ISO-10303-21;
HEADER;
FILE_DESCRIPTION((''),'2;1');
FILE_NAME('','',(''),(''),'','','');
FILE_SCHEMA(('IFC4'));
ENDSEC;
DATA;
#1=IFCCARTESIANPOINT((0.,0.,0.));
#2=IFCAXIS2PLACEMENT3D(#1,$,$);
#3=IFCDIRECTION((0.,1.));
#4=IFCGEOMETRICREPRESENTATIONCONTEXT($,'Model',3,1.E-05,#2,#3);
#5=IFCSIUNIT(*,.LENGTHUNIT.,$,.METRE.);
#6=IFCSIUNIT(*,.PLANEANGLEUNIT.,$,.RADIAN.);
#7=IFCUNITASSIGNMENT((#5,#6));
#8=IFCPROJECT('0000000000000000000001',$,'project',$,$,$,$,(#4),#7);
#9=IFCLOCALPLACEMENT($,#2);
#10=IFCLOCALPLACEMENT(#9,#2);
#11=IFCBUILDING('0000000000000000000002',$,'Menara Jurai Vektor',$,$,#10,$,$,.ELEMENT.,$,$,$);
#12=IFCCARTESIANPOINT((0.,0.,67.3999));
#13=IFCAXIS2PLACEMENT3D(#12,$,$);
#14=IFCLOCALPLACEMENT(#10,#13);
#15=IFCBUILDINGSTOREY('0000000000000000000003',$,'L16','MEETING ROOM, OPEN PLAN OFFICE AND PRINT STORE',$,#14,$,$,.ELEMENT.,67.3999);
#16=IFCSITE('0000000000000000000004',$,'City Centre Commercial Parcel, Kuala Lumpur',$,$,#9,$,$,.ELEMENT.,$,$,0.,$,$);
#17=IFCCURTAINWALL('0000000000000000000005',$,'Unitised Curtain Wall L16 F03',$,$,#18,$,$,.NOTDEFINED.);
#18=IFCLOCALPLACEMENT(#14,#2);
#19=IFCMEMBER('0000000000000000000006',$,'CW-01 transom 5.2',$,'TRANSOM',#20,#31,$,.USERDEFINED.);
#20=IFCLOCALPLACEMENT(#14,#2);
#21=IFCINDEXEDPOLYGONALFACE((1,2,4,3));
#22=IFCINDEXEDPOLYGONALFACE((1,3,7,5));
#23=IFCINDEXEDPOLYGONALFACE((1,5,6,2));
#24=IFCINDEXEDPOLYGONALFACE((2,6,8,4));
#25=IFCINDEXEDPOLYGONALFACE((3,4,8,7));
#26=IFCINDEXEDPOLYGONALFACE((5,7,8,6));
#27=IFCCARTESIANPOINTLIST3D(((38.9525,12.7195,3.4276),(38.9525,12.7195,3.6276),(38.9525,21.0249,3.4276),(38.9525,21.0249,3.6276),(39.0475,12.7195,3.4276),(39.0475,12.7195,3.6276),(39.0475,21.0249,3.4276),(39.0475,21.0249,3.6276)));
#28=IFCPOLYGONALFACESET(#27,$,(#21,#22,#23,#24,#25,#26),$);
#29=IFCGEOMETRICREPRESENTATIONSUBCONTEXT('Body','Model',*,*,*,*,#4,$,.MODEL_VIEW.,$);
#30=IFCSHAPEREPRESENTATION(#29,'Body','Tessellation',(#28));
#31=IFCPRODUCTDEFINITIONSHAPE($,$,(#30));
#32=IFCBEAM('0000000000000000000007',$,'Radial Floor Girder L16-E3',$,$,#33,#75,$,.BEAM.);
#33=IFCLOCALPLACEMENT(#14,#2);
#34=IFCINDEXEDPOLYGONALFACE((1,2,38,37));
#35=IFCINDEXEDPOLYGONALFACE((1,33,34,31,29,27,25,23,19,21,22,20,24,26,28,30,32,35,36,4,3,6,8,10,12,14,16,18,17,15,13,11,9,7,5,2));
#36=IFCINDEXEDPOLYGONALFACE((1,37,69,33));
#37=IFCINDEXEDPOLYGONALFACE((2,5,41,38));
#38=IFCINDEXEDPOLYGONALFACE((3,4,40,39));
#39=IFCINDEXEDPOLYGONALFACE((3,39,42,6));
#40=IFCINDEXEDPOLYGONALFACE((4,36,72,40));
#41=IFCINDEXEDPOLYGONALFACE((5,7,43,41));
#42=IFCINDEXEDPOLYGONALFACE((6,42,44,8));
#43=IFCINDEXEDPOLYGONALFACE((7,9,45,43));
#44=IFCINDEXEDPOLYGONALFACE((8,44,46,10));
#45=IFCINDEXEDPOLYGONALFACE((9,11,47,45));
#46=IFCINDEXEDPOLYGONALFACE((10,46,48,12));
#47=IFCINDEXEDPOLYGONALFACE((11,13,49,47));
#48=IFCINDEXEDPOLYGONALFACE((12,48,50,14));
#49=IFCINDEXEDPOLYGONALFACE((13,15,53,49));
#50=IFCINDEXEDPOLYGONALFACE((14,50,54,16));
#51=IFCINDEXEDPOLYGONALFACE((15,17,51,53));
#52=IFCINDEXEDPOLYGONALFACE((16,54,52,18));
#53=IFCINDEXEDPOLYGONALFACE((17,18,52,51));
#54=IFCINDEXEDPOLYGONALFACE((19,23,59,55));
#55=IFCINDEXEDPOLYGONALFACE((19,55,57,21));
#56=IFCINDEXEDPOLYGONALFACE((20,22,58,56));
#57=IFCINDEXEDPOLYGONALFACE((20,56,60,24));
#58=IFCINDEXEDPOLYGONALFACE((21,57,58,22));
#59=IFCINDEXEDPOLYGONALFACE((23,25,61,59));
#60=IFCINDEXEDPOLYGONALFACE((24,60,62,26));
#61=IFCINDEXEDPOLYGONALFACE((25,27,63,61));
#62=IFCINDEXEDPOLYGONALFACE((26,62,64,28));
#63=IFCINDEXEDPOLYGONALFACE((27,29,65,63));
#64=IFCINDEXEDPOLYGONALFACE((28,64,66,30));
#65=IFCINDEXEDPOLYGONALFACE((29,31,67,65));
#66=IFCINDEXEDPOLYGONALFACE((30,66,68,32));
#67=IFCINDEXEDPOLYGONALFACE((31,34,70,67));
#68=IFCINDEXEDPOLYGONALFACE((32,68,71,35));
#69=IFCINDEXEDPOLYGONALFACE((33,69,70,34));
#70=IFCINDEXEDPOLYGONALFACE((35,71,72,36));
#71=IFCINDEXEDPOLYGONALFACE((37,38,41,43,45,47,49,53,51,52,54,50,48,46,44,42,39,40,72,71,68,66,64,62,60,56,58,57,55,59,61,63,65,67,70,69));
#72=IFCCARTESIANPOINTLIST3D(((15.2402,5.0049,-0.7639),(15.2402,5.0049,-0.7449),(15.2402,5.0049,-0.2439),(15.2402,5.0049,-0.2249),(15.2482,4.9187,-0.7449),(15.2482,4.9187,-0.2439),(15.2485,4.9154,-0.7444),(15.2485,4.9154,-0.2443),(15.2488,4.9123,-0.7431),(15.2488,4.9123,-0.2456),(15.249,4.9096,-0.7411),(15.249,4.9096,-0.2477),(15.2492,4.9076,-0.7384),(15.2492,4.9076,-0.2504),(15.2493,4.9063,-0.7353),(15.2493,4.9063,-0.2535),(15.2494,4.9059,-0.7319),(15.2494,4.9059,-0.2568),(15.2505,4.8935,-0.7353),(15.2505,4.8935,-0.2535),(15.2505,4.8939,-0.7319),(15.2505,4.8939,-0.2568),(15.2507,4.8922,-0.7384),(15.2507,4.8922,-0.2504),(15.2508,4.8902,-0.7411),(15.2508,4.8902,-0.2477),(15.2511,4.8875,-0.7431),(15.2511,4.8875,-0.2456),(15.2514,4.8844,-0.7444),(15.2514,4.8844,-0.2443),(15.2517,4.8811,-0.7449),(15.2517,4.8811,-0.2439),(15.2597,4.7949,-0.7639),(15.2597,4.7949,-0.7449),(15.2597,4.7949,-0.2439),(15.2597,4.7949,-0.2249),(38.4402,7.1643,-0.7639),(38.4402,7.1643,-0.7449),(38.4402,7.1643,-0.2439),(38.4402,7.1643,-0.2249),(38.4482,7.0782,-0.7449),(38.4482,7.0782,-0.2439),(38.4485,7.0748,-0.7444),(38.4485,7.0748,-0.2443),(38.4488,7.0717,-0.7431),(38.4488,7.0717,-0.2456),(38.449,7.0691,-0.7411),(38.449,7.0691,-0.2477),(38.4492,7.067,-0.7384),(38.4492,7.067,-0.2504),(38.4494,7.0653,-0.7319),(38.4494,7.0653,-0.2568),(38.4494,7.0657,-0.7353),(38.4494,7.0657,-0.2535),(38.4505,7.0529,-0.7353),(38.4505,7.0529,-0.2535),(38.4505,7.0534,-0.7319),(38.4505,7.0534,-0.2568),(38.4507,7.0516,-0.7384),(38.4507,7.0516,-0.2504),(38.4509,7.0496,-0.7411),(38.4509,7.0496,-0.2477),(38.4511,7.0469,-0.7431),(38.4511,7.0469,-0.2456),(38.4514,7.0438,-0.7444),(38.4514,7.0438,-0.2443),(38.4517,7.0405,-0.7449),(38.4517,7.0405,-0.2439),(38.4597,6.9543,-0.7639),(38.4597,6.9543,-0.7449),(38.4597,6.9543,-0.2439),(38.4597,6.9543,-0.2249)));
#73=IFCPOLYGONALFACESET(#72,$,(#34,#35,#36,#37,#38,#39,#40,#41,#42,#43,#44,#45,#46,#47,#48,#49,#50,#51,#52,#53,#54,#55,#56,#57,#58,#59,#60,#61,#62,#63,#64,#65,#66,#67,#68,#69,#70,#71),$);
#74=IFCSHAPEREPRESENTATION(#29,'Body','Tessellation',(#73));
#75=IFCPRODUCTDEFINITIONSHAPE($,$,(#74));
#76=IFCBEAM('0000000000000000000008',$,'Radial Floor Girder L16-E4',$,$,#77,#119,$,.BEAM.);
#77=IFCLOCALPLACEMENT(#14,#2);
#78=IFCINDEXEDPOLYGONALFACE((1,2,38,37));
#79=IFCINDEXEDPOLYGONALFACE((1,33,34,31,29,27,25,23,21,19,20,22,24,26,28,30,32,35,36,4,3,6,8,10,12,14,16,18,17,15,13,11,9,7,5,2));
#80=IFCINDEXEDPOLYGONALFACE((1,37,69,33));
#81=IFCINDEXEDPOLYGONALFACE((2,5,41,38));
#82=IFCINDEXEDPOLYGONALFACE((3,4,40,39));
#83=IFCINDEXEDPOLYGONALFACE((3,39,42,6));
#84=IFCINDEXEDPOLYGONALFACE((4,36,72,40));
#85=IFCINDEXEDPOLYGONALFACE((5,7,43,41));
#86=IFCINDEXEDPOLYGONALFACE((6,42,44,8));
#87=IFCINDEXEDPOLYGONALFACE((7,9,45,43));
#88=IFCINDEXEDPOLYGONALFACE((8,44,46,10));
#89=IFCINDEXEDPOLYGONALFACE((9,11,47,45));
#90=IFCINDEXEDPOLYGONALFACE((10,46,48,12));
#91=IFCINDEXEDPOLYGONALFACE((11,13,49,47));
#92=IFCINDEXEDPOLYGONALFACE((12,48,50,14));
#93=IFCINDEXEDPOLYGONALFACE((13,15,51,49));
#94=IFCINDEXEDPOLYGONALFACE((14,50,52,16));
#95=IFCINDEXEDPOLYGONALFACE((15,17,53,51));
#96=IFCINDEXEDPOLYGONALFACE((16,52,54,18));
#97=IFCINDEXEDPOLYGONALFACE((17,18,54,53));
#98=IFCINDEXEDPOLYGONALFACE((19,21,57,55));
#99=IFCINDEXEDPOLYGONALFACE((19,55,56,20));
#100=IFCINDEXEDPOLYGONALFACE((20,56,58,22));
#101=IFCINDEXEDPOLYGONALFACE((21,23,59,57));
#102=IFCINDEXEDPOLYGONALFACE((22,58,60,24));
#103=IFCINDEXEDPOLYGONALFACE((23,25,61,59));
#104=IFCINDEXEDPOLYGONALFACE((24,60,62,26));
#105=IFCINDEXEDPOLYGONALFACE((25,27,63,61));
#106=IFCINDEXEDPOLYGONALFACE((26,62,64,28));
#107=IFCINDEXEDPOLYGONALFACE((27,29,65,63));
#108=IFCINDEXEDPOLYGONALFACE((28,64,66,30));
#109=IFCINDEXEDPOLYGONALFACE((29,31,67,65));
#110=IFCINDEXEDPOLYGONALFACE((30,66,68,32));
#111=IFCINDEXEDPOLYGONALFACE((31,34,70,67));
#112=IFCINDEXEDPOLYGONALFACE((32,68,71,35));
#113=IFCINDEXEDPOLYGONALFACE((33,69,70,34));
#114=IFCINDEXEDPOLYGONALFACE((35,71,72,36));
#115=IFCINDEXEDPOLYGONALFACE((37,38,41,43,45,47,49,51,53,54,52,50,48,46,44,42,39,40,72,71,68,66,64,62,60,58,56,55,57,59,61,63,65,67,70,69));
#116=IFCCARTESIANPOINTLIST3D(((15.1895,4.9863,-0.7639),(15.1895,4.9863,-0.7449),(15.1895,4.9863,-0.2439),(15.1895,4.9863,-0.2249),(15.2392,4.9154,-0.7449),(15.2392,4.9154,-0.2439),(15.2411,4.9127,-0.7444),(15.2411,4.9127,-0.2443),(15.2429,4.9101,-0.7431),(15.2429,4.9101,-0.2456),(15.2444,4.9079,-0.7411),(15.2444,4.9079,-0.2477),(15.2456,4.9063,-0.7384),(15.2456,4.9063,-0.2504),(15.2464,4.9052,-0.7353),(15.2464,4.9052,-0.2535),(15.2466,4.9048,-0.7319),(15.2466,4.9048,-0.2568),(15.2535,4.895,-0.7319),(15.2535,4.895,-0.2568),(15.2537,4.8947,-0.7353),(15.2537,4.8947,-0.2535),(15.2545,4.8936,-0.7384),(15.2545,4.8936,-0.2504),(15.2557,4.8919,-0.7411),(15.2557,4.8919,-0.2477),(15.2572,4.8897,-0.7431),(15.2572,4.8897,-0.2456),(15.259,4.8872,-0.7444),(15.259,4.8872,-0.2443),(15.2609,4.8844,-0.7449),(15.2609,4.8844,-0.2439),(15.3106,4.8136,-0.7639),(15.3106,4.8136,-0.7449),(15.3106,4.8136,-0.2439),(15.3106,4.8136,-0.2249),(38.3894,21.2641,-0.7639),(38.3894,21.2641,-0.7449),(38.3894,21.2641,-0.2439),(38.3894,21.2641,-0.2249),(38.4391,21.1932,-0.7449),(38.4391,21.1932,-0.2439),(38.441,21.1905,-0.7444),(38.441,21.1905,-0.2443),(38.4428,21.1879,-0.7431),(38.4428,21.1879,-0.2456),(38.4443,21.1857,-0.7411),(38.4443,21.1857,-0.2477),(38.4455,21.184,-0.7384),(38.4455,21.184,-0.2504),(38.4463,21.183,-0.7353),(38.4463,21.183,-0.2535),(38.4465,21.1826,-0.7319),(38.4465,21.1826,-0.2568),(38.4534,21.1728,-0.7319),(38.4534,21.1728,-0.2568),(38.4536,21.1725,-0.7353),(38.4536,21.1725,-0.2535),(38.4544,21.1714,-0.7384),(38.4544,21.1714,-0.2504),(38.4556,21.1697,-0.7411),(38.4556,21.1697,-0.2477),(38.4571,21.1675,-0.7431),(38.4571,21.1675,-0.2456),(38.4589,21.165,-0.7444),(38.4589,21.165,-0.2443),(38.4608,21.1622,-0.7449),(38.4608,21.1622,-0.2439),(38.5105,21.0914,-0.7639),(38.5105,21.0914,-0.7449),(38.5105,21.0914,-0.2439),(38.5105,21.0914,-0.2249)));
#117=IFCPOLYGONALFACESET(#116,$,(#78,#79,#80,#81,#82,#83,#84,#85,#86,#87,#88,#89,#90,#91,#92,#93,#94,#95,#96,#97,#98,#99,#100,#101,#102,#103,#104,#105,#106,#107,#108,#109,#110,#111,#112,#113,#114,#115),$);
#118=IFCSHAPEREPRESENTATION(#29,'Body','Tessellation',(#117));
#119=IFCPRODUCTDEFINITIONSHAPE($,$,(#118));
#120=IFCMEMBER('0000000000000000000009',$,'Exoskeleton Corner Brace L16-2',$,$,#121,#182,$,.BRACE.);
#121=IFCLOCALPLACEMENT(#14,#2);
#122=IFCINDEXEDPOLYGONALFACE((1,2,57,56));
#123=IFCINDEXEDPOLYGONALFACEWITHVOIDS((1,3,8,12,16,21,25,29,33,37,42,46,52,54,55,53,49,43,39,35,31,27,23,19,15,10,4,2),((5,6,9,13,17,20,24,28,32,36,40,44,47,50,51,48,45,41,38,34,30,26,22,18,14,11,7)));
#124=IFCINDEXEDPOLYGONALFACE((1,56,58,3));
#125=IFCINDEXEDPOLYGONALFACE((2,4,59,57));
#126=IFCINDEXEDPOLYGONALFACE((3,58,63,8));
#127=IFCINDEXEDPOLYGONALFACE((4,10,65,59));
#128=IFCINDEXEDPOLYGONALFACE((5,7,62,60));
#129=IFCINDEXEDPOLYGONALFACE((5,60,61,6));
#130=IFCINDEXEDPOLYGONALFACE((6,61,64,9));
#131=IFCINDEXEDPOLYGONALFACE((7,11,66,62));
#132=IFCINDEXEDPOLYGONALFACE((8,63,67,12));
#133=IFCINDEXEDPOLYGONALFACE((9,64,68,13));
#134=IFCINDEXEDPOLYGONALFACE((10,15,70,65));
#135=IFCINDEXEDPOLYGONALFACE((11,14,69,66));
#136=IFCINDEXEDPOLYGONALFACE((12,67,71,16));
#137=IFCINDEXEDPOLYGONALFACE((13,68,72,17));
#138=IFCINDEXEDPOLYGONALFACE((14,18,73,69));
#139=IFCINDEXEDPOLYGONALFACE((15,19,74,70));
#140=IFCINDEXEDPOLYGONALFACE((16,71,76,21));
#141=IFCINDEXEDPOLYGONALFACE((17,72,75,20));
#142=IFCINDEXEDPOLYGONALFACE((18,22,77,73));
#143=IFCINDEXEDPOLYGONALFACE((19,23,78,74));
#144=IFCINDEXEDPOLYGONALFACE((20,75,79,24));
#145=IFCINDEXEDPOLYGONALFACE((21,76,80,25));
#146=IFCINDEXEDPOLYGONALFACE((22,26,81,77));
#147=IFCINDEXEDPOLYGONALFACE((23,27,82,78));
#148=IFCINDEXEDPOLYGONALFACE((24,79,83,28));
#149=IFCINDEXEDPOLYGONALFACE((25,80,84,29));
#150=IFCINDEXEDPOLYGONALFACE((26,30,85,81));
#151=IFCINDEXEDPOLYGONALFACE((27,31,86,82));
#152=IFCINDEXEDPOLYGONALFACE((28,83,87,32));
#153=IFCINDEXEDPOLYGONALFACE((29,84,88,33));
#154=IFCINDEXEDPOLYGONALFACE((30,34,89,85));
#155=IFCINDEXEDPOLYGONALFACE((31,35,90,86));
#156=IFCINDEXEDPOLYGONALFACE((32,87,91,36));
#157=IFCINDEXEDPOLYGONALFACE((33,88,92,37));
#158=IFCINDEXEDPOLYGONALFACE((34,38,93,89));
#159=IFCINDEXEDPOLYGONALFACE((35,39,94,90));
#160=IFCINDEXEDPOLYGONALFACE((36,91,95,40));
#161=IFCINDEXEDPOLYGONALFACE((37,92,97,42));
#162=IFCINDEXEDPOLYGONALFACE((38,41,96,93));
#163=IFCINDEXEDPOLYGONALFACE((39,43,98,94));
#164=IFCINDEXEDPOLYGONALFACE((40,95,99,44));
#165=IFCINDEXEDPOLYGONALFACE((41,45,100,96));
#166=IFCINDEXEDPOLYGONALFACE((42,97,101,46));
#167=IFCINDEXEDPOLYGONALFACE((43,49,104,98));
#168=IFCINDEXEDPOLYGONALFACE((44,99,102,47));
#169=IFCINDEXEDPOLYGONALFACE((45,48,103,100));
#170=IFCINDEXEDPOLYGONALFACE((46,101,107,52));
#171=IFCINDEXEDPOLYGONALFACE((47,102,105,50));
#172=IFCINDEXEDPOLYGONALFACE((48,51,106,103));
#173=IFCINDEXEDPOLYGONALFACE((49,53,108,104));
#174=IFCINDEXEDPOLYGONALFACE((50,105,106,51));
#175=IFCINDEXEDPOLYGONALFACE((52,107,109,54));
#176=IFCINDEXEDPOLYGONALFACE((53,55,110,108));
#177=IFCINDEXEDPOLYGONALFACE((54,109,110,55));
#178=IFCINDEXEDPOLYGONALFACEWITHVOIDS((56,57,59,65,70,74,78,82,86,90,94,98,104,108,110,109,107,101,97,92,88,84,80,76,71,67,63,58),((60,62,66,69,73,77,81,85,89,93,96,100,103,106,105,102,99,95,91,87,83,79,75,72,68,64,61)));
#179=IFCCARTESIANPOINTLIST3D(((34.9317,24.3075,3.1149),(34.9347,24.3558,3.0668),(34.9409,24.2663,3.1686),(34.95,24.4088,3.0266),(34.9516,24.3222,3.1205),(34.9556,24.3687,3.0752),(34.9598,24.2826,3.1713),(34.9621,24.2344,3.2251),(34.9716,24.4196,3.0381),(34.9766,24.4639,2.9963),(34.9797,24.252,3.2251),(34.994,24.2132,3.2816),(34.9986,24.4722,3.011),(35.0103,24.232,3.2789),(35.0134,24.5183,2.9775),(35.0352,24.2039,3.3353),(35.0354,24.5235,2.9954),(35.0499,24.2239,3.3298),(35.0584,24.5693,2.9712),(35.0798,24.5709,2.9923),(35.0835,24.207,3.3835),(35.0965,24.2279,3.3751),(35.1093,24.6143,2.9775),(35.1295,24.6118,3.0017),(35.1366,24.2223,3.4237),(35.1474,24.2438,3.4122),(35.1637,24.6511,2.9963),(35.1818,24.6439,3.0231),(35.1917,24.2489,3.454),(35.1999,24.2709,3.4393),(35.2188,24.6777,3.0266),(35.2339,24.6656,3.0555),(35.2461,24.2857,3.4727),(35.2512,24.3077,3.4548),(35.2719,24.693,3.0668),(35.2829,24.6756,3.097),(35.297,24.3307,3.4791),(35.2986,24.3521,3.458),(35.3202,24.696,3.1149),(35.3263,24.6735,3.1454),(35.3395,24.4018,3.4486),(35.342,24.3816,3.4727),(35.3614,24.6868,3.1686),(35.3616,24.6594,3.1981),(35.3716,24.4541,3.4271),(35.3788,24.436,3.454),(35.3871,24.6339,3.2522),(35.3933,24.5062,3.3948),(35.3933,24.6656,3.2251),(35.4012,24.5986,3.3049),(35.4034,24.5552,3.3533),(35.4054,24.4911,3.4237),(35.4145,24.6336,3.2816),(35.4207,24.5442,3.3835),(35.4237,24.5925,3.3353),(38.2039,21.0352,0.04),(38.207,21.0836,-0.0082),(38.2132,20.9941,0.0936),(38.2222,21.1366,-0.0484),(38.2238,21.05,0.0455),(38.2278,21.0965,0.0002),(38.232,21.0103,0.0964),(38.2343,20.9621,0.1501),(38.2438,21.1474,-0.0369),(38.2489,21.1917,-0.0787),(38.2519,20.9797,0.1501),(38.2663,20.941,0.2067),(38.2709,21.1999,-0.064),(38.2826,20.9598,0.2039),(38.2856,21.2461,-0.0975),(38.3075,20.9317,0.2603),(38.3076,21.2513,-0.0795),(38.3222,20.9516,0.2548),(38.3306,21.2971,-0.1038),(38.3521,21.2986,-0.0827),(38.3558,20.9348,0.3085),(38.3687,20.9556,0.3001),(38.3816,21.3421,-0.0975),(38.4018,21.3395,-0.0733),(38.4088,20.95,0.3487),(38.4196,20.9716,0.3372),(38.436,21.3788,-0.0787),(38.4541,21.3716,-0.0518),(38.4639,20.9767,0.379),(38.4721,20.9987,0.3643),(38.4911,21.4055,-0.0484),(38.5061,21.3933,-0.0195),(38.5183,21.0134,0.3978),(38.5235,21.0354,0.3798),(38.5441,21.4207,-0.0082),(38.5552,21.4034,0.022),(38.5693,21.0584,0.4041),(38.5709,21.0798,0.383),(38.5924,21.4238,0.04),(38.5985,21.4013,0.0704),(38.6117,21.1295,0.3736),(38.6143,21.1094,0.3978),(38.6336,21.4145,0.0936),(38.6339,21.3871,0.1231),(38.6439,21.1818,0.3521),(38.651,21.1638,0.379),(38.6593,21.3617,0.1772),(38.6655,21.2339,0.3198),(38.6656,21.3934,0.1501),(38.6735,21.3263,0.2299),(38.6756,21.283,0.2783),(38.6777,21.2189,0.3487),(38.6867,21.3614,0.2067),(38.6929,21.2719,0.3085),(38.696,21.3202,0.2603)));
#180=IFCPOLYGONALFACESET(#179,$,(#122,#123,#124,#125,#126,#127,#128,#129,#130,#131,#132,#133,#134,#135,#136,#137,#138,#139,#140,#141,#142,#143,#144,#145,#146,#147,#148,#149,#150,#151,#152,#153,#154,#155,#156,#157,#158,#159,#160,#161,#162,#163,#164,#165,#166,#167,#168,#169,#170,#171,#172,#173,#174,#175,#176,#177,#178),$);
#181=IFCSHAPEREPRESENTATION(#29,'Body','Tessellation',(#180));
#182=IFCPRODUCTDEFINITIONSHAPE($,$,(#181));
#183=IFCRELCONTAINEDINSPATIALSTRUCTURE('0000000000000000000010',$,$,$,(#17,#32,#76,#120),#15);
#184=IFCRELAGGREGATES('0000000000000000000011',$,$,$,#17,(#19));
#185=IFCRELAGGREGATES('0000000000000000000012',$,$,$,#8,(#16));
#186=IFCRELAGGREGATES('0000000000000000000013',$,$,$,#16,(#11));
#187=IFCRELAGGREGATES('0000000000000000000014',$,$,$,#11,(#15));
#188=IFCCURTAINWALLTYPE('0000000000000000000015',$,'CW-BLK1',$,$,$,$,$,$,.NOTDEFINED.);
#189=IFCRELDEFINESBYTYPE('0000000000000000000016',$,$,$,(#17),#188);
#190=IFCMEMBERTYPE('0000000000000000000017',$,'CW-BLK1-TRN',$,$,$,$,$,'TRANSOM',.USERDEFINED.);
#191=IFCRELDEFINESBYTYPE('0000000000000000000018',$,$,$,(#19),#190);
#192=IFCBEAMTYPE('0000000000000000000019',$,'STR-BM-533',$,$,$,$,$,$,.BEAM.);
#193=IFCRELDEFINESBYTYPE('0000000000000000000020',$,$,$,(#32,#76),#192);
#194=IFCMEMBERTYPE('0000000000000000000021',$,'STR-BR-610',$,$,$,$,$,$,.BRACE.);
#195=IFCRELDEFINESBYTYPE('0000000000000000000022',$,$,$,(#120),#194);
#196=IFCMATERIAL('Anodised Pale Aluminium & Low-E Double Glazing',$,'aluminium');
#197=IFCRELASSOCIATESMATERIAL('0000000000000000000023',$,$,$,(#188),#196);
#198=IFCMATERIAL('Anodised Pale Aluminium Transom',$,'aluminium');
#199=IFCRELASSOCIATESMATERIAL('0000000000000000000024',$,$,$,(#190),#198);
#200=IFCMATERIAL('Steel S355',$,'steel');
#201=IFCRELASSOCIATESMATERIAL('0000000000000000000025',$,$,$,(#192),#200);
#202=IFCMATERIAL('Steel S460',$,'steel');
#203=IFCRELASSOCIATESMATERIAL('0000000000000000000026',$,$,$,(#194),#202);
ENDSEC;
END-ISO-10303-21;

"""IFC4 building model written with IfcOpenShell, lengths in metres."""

from ifc_helpers import new_model, si_unit, direction, frame, origin, origin_2d, place, context, subcontext, project, spatial, rectangle, hollow_circle, i_section, extrude, material, material_profile, profile_set, type_object, element, aggregate, save


model = new_model("IFC4")

# Units and contexts
model_context = context("Model", 3, precision=1e-05, world=origin(), true_north=direction((0.0, 1.0)))
body_context = subcontext(model_context, "Body", "Model", "MODEL_VIEW")
ifc_project = project(units=[si_unit("LENGTHUNIT", "METRE"), si_unit("PLANEANGLEUNIT", "RADIAN")], contexts=[model_context])

# Site, building, storey
site_placement = place(None, origin())
site = spatial("IfcSite", under=ifc_project, at=site_placement, Name="City Centre Commercial Parcel, Kuala Lumpur", CompositionType="ELEMENT", RefElevation=0.0)
building_placement = place(site_placement, origin())
building = spatial("IfcBuilding", under=site, at=building_placement, Name="Menara Jurai Vektor", CompositionType="ELEMENT")
storey_placement = place(building_placement, frame((0.0, 0.0, 67.3999)))
storey = spatial("IfcBuildingStorey", under=building, at=storey_placement, Name="L16", Description="MEETING ROOM, OPEN PLAN OFFICE AND PRINT STORE", CompositionType="ELEMENT", Elevation=67.3999)

# Shared definitions
ifc_material_1 = material(Name="Steel S460", Category="steel")

# Curtain wall
ifc_material_2 = material(Name="Anodised Pale Aluminium & Low-E Double Glazing", Category="aluminium")
curtain_wall_type = type_object("IfcCurtainWallType", Name="CW-BLK1", PredefinedType="NOTDEFINED", material=ifc_material_2)
curtain_wall_1_placement = place(storey_placement, origin())
curtain_wall_1 = element("IfcCurtainWall", 1, at=curtain_wall_1_placement, inside=storey, type_object=curtain_wall_type, Name="Unitised Curtain Wall L16 F03", PredefinedType="NOTDEFINED")

# Member
ifc_material_3 = material(Name="Anodised Pale Aluminium Transom", Category="aluminium")
ifc_material_profile_1 = material_profile(ifc_material_3, rectangle(XDim=0.095, YDim=0.2, at=origin_2d()), Name="ALU TRN 95x200")
ifc_profile_set_1 = profile_set([ifc_material_profile_1], Name="Anodised Pale Aluminium Transom")
member_type_1 = type_object("IfcMemberType", Name="CW-BLK1-TRN", ElementType="TRANSOM", PredefinedType="USERDEFINED", material=ifc_profile_set_1)
member_1_placement = place(storey_placement, frame((39.0, 12.7195, 3.5276), z_axis=(0.0, 1.0, 0.0), x_axis=(-1.0, 0.0, 0.0)))
member_1 = element("IfcMember", 2, at=member_1_placement, type_object=member_type_1, Name="CW-01 transom 5.2", ObjectType="TRANSOM", PredefinedType="USERDEFINED", context=body_context, shape_type="SweptSolid", body=[
    extrude(rectangle(XDim=0.095, YDim=0.2, at=origin_2d()), origin(), (0.0, 0.0, 1.0), 8.3054),
])

# Beams
ifc_material_4 = material(Name="Steel S355", Category="steel")
ifc_material_profile_2 = material_profile(ifc_material_4, i_section(OverallWidth=0.2109, OverallDepth=0.5391, WebThickness=0.012, FlangeThickness=0.019, FilletRadius=0.0129, at=origin_2d()), Name="UKB 533x210x109")
ifc_profile_set_2 = profile_set([ifc_material_profile_2], Name="Steel S355")
beam_type_1 = type_object("IfcBeamType", Name="STR-BM-533", PredefinedType="BEAM", material=ifc_profile_set_2)
beam_1_placement = place(storey_placement, frame((38.45, 7.0593, -0.4944), z_axis=(-0.995696, -0.092678, 0.0), x_axis=(0.092678, -0.995696, 0.0)))
element("IfcBeam", 3, at=beam_1_placement, inside=storey, type_object=beam_type_1, Name="Radial Floor Girder L16-E3", PredefinedType="BEAM", context=body_context, shape_type="SweptSolid", body=[
    extrude(i_section(OverallWidth=0.2109, OverallDepth=0.5391, WebThickness=0.012, FlangeThickness=0.019, FilletRadius=0.0129, at=origin_2d()), origin(), (0.0, 0.0, 1.0), 23.3003),
])
beam_2_placement = place(storey_placement, frame((38.45, 21.1777, -0.4944), z_axis=(-0.818604, -0.574359, 0.0), x_axis=(0.574359, -0.818604, 0.0)))
element("IfcBeam", 4, at=beam_2_placement, inside=storey, type_object=beam_type_1, Name="Radial Floor Girder L16-E4", PredefinedType="BEAM", context=body_context, shape_type="SweptSolid", body=[
    extrude(i_section(OverallWidth=0.2109, OverallDepth=0.5391, WebThickness=0.012, FlangeThickness=0.019, FilletRadius=0.0129, at=origin_2d()), origin(), (0.0, 0.0, 1.0), 28.3408),
])

# Member
ifc_material_profile_3 = material_profile(ifc_material_1, hollow_circle(Radius=0.3049, WallThickness=0.0249, at=origin_2d()), Name="CHS 610x25")
ifc_profile_set_3 = profile_set([ifc_material_profile_3], Name="Steel S460")
member_type_2 = type_object("IfcMemberType", Name="STR-BR-610", PredefinedType="BRACE", material=ifc_profile_set_3)
member_2_placement = place(storey_placement, frame((38.45, 21.1777, 0.1501), z_axis=(-0.588942, 0.588942, 0.553438), x_axis=(-0.707107, -0.707107, 0.0)))
element("IfcMember", 5, at=member_2_placement, inside=storey, type_object=member_type_2, Name="Exoskeleton Corner Brace L16-2", PredefinedType="BRACE", context=body_context, shape_type="SweptSolid", body=[
    extrude(hollow_circle(Radius=0.3049, WallThickness=0.0249, at=origin_2d()), origin(), (0.0, 0.0, 1.0), 5.5562),
])

aggregate(curtain_wall_1, [member_1])

save(model, "model.ifc")
